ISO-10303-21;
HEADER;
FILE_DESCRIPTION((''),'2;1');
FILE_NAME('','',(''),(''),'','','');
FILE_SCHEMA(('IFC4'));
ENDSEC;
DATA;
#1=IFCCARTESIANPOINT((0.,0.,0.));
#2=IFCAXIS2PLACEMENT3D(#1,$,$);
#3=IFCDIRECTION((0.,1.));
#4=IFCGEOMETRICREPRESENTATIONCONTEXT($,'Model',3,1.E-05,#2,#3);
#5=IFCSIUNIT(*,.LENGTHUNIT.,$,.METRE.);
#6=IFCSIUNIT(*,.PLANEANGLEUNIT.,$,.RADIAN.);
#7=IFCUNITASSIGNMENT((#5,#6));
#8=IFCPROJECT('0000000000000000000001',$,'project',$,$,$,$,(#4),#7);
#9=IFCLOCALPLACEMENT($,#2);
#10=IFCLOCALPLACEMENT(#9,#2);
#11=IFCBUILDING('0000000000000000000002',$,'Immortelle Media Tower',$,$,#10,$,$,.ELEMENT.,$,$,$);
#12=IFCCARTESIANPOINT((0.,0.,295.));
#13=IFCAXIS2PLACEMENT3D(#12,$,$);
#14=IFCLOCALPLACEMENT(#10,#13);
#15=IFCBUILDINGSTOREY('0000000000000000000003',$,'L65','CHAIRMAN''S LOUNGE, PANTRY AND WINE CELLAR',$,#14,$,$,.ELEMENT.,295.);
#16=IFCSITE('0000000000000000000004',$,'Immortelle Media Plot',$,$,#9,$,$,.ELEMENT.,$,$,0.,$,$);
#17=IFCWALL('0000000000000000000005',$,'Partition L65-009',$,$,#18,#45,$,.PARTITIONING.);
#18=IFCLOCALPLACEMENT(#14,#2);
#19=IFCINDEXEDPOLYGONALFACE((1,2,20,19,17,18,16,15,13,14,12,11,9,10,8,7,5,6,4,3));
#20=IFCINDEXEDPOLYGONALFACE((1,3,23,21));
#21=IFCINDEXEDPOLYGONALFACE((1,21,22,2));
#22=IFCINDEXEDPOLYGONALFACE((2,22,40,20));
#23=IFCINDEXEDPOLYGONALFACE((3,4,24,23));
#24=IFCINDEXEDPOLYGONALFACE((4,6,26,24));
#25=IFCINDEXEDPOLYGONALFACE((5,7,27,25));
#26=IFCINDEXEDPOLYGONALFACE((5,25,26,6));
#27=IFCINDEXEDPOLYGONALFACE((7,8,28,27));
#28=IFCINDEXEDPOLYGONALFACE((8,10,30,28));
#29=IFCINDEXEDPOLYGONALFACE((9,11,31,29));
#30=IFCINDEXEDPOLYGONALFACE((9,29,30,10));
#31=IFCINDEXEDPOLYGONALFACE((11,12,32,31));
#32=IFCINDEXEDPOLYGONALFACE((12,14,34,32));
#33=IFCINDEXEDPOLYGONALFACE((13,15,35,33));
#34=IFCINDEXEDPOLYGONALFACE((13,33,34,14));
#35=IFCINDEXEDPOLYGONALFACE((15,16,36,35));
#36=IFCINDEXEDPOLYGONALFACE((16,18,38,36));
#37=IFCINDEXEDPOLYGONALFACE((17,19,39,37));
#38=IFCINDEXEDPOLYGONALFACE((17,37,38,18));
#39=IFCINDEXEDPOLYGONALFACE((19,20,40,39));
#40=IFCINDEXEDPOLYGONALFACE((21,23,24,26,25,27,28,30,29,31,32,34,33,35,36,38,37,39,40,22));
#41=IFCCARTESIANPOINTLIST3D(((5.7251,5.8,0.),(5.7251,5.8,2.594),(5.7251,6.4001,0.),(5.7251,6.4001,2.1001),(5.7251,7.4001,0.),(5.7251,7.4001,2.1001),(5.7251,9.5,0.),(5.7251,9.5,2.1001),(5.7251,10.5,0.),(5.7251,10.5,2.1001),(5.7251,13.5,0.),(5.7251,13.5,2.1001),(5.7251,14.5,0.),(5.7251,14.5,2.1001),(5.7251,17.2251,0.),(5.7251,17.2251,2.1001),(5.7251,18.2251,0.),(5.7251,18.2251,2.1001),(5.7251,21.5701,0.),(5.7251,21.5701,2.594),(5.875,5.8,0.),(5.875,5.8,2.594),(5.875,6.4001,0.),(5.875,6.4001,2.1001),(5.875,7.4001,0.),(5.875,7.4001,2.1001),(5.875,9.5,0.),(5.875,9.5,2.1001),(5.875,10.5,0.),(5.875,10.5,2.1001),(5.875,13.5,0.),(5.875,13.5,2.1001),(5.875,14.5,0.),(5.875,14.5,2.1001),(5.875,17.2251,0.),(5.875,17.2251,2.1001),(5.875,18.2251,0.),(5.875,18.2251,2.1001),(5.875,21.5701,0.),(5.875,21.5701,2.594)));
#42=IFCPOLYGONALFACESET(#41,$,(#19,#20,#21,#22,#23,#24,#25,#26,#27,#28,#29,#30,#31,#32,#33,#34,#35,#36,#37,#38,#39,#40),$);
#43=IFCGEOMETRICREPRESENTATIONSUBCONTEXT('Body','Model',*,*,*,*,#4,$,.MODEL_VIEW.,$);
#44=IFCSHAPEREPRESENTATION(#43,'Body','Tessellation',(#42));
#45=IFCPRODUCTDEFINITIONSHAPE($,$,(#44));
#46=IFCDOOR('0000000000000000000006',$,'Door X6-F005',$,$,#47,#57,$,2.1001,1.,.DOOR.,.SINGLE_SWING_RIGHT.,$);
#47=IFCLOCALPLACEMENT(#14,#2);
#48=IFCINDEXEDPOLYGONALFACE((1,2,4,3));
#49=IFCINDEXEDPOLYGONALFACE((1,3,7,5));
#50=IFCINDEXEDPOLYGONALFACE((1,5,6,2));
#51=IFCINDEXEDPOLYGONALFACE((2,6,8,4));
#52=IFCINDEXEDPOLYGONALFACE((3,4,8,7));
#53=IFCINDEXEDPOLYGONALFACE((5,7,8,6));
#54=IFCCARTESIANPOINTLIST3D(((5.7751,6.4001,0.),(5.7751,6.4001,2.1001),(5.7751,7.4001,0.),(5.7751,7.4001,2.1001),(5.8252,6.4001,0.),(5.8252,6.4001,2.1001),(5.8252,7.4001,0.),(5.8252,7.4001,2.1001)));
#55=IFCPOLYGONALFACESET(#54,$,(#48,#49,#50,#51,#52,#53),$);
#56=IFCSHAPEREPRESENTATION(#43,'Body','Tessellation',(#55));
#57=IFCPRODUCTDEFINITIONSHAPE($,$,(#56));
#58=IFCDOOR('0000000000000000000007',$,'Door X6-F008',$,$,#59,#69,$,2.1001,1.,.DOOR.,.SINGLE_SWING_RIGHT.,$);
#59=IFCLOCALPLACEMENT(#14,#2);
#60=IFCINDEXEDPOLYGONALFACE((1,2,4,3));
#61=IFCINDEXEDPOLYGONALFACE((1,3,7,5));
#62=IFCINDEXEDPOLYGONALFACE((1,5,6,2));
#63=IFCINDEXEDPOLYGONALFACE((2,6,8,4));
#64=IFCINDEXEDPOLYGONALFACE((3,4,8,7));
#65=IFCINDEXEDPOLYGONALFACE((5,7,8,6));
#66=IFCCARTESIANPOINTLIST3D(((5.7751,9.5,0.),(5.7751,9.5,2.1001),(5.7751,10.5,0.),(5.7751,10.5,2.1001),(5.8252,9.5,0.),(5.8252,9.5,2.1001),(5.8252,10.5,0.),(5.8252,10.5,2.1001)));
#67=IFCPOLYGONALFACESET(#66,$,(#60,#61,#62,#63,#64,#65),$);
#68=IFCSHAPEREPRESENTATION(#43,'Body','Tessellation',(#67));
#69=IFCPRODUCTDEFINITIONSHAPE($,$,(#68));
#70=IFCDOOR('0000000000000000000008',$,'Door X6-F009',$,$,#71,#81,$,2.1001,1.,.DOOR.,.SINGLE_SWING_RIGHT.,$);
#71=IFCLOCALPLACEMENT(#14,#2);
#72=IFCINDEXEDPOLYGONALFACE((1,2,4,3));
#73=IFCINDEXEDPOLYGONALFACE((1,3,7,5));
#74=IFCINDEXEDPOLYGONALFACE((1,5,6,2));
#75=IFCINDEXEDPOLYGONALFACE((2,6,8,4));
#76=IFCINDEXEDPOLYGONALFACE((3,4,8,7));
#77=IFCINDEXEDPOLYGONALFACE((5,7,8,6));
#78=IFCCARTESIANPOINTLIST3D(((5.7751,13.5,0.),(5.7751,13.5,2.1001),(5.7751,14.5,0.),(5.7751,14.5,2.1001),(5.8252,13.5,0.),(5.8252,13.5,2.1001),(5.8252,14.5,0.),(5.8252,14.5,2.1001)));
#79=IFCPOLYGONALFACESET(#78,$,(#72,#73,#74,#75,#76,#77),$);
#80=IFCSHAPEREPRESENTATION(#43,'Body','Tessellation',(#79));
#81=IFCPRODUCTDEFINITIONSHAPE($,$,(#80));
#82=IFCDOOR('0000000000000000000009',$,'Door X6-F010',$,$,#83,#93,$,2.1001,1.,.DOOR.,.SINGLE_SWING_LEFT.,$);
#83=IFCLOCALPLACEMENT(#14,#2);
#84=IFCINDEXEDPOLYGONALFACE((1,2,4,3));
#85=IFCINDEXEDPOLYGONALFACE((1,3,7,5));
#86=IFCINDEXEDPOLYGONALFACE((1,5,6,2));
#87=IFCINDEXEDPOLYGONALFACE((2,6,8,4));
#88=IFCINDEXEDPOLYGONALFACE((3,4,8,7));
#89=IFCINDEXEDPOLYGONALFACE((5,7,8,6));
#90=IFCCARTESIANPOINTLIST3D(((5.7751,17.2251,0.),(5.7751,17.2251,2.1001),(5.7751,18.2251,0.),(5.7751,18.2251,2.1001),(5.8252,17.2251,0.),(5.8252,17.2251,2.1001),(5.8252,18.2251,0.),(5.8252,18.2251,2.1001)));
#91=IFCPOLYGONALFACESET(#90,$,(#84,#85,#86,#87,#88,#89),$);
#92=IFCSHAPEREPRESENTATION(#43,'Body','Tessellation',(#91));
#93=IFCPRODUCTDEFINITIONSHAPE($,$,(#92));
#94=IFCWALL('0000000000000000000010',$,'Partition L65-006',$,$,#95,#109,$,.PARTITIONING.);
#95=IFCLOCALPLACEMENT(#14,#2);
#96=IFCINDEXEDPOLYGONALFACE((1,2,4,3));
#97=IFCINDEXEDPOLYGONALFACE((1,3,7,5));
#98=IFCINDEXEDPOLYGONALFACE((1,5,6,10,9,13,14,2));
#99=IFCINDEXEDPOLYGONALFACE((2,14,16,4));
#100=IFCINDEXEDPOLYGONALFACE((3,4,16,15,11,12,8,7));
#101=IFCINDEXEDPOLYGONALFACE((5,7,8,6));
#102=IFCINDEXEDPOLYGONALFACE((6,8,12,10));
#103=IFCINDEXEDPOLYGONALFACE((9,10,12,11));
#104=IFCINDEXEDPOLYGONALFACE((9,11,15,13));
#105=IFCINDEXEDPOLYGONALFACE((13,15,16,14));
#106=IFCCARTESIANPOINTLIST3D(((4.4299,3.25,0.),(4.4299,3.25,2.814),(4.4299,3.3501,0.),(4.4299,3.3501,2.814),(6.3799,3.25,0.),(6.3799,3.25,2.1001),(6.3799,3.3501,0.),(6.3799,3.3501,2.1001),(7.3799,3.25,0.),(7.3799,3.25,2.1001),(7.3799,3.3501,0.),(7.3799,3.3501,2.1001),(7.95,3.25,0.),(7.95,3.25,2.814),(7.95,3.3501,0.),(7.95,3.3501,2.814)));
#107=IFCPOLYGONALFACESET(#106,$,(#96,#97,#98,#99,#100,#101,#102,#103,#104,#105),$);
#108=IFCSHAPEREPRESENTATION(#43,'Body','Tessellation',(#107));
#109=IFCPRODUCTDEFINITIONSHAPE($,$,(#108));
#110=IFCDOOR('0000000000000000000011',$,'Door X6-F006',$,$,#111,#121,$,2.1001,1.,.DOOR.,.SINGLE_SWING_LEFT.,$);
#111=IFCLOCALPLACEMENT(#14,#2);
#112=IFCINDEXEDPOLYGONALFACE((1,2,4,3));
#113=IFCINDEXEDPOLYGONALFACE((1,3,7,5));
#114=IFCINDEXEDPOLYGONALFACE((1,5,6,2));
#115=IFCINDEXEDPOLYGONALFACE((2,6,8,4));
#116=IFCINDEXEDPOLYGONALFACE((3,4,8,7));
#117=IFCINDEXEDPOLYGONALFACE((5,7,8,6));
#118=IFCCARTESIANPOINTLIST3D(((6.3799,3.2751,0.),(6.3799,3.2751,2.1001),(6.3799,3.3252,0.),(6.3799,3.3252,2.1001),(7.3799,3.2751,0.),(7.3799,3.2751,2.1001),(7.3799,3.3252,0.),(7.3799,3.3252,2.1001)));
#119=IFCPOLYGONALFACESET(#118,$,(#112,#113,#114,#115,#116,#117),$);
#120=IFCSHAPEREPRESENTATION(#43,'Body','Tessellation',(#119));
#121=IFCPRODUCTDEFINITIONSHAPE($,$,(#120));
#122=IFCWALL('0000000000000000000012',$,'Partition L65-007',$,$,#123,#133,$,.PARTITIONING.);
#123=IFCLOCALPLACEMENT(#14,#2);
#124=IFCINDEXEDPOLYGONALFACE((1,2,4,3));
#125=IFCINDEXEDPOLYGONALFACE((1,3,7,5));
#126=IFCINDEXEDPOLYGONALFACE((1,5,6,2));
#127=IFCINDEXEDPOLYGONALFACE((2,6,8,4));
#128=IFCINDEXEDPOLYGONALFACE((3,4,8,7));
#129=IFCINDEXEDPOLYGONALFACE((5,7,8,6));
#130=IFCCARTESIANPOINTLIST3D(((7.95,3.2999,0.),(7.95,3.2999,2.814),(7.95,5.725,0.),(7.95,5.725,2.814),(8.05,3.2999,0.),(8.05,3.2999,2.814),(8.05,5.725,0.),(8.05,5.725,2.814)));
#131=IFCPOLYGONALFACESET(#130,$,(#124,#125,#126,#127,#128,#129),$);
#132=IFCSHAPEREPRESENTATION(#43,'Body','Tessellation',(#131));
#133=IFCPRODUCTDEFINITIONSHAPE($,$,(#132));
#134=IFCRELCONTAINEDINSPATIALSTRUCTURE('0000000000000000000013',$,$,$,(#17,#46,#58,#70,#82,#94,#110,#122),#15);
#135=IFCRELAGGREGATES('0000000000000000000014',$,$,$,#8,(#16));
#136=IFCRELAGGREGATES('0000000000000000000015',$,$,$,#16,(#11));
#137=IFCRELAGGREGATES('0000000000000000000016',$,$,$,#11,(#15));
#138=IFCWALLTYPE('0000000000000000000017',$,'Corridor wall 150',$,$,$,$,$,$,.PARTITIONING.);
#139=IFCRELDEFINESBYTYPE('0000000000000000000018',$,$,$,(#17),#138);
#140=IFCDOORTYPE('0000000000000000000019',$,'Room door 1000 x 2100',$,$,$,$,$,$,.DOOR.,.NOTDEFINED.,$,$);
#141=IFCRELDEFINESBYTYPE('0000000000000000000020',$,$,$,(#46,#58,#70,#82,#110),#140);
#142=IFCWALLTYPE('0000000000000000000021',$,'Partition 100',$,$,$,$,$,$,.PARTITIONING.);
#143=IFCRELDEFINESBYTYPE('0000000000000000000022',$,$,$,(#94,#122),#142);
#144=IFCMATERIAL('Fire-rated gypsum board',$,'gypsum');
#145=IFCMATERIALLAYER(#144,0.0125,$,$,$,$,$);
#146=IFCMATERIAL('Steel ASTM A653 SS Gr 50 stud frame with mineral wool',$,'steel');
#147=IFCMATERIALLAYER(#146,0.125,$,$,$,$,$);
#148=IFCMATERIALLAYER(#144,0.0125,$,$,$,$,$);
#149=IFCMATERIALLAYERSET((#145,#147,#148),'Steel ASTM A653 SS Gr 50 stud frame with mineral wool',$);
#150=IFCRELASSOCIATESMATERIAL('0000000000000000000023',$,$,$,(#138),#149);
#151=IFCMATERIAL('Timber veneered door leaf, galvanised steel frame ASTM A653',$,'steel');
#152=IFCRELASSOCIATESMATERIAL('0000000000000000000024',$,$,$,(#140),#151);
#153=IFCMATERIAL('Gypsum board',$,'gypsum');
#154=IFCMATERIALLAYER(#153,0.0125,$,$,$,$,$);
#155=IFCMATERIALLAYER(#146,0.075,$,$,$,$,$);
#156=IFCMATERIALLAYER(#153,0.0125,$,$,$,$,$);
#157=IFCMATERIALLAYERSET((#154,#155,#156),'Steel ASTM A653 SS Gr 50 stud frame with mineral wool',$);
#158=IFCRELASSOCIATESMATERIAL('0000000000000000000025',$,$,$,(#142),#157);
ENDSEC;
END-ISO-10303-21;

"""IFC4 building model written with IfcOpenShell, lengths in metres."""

from ifc_helpers import new_model, si_unit, direction, frame, frame_2d, origin, place, context, subcontext, project, spatial, rectangle, extrude, material, layer, layer_set, type_object, element, fill, save


model = new_model("IFC4")

# Units and contexts
model_context = context("Model", 3, precision=1e-05, world=origin(), true_north=direction((0.0, 1.0)))
body_context = subcontext(model_context, "Body", "Model", "MODEL_VIEW")
ifc_project = project(units=[si_unit("LENGTHUNIT", "METRE"), si_unit("PLANEANGLEUNIT", "RADIAN")], contexts=[model_context])

# Site, building, storey
site_placement = place(None, origin())
site = spatial("IfcSite", under=ifc_project, at=site_placement, Name="Immortelle Media Plot", CompositionType="ELEMENT", RefElevation=0.0)
building_placement = place(site_placement, origin())
building = spatial("IfcBuilding", under=site, at=building_placement, Name="Immortelle Media Tower", CompositionType="ELEMENT")
storey_placement = place(building_placement, frame((0.0, 0.0, 295.0)))
storey = spatial("IfcBuildingStorey", under=building, at=storey_placement, Name="L65", Description="CHAIRMAN'S LOUNGE, PANTRY AND WINE CELLAR", CompositionType="ELEMENT", Elevation=295.0)

# Wall, openings, doors
ifc_material_1 = material(Name="Fire-rated gypsum board", Category="gypsum")
ifc_layer_1 = layer(ifc_material_1, 0.0125)
ifc_material_2 = material(Name="Steel ASTM A653 SS Gr 50 stud frame with mineral wool", Category="steel")
ifc_layer_2 = layer(ifc_material_2, 0.125)
ifc_layer_3 = layer(ifc_material_1, 0.0125)
ifc_layer_set_1 = layer_set([ifc_layer_1, ifc_layer_2, ifc_layer_3], Name="Steel ASTM A653 SS Gr 50 stud frame with mineral wool")
wall_type_1 = type_object("IfcWallType", Name="Corridor wall 150", PredefinedType="PARTITIONING", material=ifc_layer_set_1)
ifc_material_3 = material(Name="Timber veneered door leaf, galvanised steel frame ASTM A653", Category="steel")
door_type_1 = type_object("IfcDoorType", Name="Room door 1000 x 2100", OperationType="NOTDEFINED", PredefinedType="DOOR", material=ifc_material_3)
wall_1_placement = place(storey_placement, frame((5.8, 5.8, 0.0), z_axis=(0.0, 0.0, 1.0), x_axis=(0.0, 1.0, 0.0)))
wall_1 = element("IfcWall", 1, at=wall_1_placement, inside=storey, type_object=wall_type_1, Name="Partition L65-009", PredefinedType="PARTITIONING", context=body_context, shape_type="SweptSolid", body=[
    extrude(rectangle(XDim=15.77, YDim=0.1499, at=frame_2d((7.885, 0.0))), origin(), (0.0, 0.0, 1.0), 2.594),
])
opening_1_placement = place(wall_1_placement, frame((0.6001, 0.0, 0.0)))
opening_1 = element("IfcOpeningElement", 2, at=opening_1_placement, cuts=wall_1, PredefinedType="OPENING", context=body_context, shape_type="SweptSolid", body=[
    extrude(rectangle(XDim=1.0, YDim=2.1001, at=frame_2d((0.5, 1.05))), frame((0.0, 0.085, 0.0), z_axis=(0.0, -1.0, 0.0), x_axis=(1.0, 0.0, 0.0)), (0.0, 0.0, 1.0), 0.1699),
])
opening_2_placement = place(wall_1_placement, frame((3.7, 0.0, 0.0)))
opening_2 = element("IfcOpeningElement", 3, at=opening_2_placement, cuts=wall_1, PredefinedType="OPENING", context=body_context, shape_type="SweptSolid", body=[
    extrude(rectangle(XDim=1.0, YDim=2.1001, at=frame_2d((0.5, 1.05))), frame((0.0, 0.085, 0.0), z_axis=(0.0, -1.0, 0.0), x_axis=(1.0, 0.0, 0.0)), (0.0, 0.0, 1.0), 0.1699),
])
opening_3_placement = place(wall_1_placement, frame((7.7, 0.0, 0.0)))
opening_3 = element("IfcOpeningElement", 4, at=opening_3_placement, cuts=wall_1, PredefinedType="OPENING", context=body_context, shape_type="SweptSolid", body=[
    extrude(rectangle(XDim=1.0, YDim=2.1001, at=frame_2d((0.5, 1.05))), frame((0.0, 0.085, 0.0), z_axis=(0.0, -1.0, 0.0), x_axis=(1.0, 0.0, 0.0)), (0.0, 0.0, 1.0), 0.1699),
])
opening_4_placement = place(wall_1_placement, frame((11.425, 0.0, 0.0)))
opening_4 = element("IfcOpeningElement", 5, at=opening_4_placement, cuts=wall_1, PredefinedType="OPENING", context=body_context, shape_type="SweptSolid", body=[
    extrude(rectangle(XDim=1.0, YDim=2.1001, at=frame_2d((0.5, 1.05))), frame((0.0, 0.085, 0.0), z_axis=(0.0, -1.0, 0.0), x_axis=(1.0, 0.0, 0.0)), (0.0, 0.0, 1.0), 0.1699),
])
door_1_placement = place(opening_1_placement, origin())
door_1 = element("IfcDoor", 6, at=door_1_placement, inside=storey, type_object=door_type_1, Name="Door X6-F005", OperationType="SINGLE_SWING_RIGHT", OverallHeight=2.1001, OverallWidth=1.0, PredefinedType="DOOR", context=body_context, shape_type="SweptSolid", body=[
    extrude(rectangle(XDim=1.0, YDim=2.1001, at=frame_2d((0.5, 1.05))), frame((0.0, 0.0249, 0.0), z_axis=(0.0, -1.0, 0.0), x_axis=(1.0, 0.0, 0.0)), (0.0, 0.0, 1.0), 0.05),
])
fill(opening_1, door_1)
door_2_placement = place(opening_2_placement, origin())
door_2 = element("IfcDoor", 7, at=door_2_placement, inside=storey, type_object=door_type_1, Name="Door X6-F008", OperationType="SINGLE_SWING_RIGHT", OverallHeight=2.1001, OverallWidth=1.0, PredefinedType="DOOR", context=body_context, shape_type="SweptSolid", body=[
    extrude(rectangle(XDim=1.0, YDim=2.1001, at=frame_2d((0.5, 1.05))), frame((0.0, 0.0249, 0.0), z_axis=(0.0, -1.0, 0.0), x_axis=(1.0, 0.0, 0.0)), (0.0, 0.0, 1.0), 0.05),
])
fill(opening_2, door_2)
door_3_placement = place(opening_3_placement, origin())
door_3 = element("IfcDoor", 8, at=door_3_placement, inside=storey, type_object=door_type_1, Name="Door X6-F009", OperationType="SINGLE_SWING_RIGHT", OverallHeight=2.1001, OverallWidth=1.0, PredefinedType="DOOR", context=body_context, shape_type="SweptSolid", body=[
    extrude(rectangle(XDim=1.0, YDim=2.1001, at=frame_2d((0.5, 1.05))), frame((0.0, 0.0249, 0.0), z_axis=(0.0, -1.0, 0.0), x_axis=(1.0, 0.0, 0.0)), (0.0, 0.0, 1.0), 0.05),
])
fill(opening_3, door_3)
door_4_placement = place(opening_4_placement, origin())
door_4 = element("IfcDoor", 9, at=door_4_placement, inside=storey, type_object=door_type_1, Name="Door X6-F010", OperationType="SINGLE_SWING_LEFT", OverallHeight=2.1001, OverallWidth=1.0, PredefinedType="DOOR", context=body_context, shape_type="SweptSolid", body=[
    extrude(rectangle(XDim=1.0, YDim=2.1001, at=frame_2d((0.5, 1.05))), frame((0.0, 0.0249, 0.0), z_axis=(0.0, -1.0, 0.0), x_axis=(1.0, 0.0, 0.0)), (0.0, 0.0, 1.0), 0.05),
])
fill(opening_4, door_4)

# Wall, opening, door
ifc_material_4 = material(Name="Gypsum board", Category="gypsum")
ifc_layer_4 = layer(ifc_material_4, 0.0125)
ifc_layer_5 = layer(ifc_material_2, 0.075)
ifc_layer_6 = layer(ifc_material_4, 0.0125)
ifc_layer_set_2 = layer_set([ifc_layer_4, ifc_layer_5, ifc_layer_6], Name="Steel ASTM A653 SS Gr 50 stud frame with mineral wool")
wall_type_2 = type_object("IfcWallType", Name="Partition 100", PredefinedType="PARTITIONING", material=ifc_layer_set_2)
wall_2_placement = place(storey_placement, frame((4.4299, 3.3, 0.0), z_axis=(0.0, 0.0, 1.0), x_axis=(1.0, 0.0, 0.0)))
wall_2 = element("IfcWall", 10, at=wall_2_placement, inside=storey, type_object=wall_type_2, Name="Partition L65-006", PredefinedType="PARTITIONING", context=body_context, shape_type="SweptSolid", body=[
    extrude(rectangle(XDim=3.52, YDim=0.1001, at=frame_2d((1.76, 0.0))), origin(), (0.0, 0.0, 1.0), 2.814),
])
opening_5_placement = place(wall_2_placement, frame((2.95, 0.0, 0.0), z_axis=(0.0, 0.0, 1.0), x_axis=(-1.0, 0.0, 0.0)))
opening_5 = element("IfcOpeningElement", 11, at=opening_5_placement, cuts=wall_2, PredefinedType="OPENING", context=body_context, shape_type="SweptSolid", body=[
    extrude(rectangle(XDim=1.0, YDim=2.1001, at=frame_2d((0.5, 1.05))), frame((0.0, 0.0601, 0.0), z_axis=(0.0, -1.0, 0.0), x_axis=(1.0, 0.0, 0.0)), (0.0, 0.0, 1.0), 0.1201),
])
door_5_placement = place(opening_5_placement, origin())
door_5 = element("IfcDoor", 12, at=door_5_placement, inside=storey, type_object=door_type_1, Name="Door X6-F006", OperationType="SINGLE_SWING_LEFT", OverallHeight=2.1001, OverallWidth=1.0, PredefinedType="DOOR", context=body_context, shape_type="SweptSolid", body=[
    extrude(rectangle(XDim=1.0, YDim=2.1001, at=frame_2d((0.5, 1.05))), frame((0.0, 0.0249, 0.0), z_axis=(0.0, -1.0, 0.0), x_axis=(1.0, 0.0, 0.0)), (0.0, 0.0, 1.0), 0.05),
])
fill(opening_5, door_5)

# Wall
wall_3_placement = place(storey_placement, frame((8.0, 3.3, 0.0), z_axis=(0.0, 0.0, 1.0), x_axis=(0.0, 1.0, 0.0)))
element("IfcWall", 13, at=wall_3_placement, inside=storey, type_object=wall_type_2, Name="Partition L65-007", PredefinedType="PARTITIONING", context=body_context, shape_type="SweptSolid", body=[
    extrude(rectangle(XDim=2.425, YDim=0.1001, at=frame_2d((1.2124, 0.0))), origin(), (0.0, 0.0, 1.0), 2.814),
])

save(model, "model.ifc")
